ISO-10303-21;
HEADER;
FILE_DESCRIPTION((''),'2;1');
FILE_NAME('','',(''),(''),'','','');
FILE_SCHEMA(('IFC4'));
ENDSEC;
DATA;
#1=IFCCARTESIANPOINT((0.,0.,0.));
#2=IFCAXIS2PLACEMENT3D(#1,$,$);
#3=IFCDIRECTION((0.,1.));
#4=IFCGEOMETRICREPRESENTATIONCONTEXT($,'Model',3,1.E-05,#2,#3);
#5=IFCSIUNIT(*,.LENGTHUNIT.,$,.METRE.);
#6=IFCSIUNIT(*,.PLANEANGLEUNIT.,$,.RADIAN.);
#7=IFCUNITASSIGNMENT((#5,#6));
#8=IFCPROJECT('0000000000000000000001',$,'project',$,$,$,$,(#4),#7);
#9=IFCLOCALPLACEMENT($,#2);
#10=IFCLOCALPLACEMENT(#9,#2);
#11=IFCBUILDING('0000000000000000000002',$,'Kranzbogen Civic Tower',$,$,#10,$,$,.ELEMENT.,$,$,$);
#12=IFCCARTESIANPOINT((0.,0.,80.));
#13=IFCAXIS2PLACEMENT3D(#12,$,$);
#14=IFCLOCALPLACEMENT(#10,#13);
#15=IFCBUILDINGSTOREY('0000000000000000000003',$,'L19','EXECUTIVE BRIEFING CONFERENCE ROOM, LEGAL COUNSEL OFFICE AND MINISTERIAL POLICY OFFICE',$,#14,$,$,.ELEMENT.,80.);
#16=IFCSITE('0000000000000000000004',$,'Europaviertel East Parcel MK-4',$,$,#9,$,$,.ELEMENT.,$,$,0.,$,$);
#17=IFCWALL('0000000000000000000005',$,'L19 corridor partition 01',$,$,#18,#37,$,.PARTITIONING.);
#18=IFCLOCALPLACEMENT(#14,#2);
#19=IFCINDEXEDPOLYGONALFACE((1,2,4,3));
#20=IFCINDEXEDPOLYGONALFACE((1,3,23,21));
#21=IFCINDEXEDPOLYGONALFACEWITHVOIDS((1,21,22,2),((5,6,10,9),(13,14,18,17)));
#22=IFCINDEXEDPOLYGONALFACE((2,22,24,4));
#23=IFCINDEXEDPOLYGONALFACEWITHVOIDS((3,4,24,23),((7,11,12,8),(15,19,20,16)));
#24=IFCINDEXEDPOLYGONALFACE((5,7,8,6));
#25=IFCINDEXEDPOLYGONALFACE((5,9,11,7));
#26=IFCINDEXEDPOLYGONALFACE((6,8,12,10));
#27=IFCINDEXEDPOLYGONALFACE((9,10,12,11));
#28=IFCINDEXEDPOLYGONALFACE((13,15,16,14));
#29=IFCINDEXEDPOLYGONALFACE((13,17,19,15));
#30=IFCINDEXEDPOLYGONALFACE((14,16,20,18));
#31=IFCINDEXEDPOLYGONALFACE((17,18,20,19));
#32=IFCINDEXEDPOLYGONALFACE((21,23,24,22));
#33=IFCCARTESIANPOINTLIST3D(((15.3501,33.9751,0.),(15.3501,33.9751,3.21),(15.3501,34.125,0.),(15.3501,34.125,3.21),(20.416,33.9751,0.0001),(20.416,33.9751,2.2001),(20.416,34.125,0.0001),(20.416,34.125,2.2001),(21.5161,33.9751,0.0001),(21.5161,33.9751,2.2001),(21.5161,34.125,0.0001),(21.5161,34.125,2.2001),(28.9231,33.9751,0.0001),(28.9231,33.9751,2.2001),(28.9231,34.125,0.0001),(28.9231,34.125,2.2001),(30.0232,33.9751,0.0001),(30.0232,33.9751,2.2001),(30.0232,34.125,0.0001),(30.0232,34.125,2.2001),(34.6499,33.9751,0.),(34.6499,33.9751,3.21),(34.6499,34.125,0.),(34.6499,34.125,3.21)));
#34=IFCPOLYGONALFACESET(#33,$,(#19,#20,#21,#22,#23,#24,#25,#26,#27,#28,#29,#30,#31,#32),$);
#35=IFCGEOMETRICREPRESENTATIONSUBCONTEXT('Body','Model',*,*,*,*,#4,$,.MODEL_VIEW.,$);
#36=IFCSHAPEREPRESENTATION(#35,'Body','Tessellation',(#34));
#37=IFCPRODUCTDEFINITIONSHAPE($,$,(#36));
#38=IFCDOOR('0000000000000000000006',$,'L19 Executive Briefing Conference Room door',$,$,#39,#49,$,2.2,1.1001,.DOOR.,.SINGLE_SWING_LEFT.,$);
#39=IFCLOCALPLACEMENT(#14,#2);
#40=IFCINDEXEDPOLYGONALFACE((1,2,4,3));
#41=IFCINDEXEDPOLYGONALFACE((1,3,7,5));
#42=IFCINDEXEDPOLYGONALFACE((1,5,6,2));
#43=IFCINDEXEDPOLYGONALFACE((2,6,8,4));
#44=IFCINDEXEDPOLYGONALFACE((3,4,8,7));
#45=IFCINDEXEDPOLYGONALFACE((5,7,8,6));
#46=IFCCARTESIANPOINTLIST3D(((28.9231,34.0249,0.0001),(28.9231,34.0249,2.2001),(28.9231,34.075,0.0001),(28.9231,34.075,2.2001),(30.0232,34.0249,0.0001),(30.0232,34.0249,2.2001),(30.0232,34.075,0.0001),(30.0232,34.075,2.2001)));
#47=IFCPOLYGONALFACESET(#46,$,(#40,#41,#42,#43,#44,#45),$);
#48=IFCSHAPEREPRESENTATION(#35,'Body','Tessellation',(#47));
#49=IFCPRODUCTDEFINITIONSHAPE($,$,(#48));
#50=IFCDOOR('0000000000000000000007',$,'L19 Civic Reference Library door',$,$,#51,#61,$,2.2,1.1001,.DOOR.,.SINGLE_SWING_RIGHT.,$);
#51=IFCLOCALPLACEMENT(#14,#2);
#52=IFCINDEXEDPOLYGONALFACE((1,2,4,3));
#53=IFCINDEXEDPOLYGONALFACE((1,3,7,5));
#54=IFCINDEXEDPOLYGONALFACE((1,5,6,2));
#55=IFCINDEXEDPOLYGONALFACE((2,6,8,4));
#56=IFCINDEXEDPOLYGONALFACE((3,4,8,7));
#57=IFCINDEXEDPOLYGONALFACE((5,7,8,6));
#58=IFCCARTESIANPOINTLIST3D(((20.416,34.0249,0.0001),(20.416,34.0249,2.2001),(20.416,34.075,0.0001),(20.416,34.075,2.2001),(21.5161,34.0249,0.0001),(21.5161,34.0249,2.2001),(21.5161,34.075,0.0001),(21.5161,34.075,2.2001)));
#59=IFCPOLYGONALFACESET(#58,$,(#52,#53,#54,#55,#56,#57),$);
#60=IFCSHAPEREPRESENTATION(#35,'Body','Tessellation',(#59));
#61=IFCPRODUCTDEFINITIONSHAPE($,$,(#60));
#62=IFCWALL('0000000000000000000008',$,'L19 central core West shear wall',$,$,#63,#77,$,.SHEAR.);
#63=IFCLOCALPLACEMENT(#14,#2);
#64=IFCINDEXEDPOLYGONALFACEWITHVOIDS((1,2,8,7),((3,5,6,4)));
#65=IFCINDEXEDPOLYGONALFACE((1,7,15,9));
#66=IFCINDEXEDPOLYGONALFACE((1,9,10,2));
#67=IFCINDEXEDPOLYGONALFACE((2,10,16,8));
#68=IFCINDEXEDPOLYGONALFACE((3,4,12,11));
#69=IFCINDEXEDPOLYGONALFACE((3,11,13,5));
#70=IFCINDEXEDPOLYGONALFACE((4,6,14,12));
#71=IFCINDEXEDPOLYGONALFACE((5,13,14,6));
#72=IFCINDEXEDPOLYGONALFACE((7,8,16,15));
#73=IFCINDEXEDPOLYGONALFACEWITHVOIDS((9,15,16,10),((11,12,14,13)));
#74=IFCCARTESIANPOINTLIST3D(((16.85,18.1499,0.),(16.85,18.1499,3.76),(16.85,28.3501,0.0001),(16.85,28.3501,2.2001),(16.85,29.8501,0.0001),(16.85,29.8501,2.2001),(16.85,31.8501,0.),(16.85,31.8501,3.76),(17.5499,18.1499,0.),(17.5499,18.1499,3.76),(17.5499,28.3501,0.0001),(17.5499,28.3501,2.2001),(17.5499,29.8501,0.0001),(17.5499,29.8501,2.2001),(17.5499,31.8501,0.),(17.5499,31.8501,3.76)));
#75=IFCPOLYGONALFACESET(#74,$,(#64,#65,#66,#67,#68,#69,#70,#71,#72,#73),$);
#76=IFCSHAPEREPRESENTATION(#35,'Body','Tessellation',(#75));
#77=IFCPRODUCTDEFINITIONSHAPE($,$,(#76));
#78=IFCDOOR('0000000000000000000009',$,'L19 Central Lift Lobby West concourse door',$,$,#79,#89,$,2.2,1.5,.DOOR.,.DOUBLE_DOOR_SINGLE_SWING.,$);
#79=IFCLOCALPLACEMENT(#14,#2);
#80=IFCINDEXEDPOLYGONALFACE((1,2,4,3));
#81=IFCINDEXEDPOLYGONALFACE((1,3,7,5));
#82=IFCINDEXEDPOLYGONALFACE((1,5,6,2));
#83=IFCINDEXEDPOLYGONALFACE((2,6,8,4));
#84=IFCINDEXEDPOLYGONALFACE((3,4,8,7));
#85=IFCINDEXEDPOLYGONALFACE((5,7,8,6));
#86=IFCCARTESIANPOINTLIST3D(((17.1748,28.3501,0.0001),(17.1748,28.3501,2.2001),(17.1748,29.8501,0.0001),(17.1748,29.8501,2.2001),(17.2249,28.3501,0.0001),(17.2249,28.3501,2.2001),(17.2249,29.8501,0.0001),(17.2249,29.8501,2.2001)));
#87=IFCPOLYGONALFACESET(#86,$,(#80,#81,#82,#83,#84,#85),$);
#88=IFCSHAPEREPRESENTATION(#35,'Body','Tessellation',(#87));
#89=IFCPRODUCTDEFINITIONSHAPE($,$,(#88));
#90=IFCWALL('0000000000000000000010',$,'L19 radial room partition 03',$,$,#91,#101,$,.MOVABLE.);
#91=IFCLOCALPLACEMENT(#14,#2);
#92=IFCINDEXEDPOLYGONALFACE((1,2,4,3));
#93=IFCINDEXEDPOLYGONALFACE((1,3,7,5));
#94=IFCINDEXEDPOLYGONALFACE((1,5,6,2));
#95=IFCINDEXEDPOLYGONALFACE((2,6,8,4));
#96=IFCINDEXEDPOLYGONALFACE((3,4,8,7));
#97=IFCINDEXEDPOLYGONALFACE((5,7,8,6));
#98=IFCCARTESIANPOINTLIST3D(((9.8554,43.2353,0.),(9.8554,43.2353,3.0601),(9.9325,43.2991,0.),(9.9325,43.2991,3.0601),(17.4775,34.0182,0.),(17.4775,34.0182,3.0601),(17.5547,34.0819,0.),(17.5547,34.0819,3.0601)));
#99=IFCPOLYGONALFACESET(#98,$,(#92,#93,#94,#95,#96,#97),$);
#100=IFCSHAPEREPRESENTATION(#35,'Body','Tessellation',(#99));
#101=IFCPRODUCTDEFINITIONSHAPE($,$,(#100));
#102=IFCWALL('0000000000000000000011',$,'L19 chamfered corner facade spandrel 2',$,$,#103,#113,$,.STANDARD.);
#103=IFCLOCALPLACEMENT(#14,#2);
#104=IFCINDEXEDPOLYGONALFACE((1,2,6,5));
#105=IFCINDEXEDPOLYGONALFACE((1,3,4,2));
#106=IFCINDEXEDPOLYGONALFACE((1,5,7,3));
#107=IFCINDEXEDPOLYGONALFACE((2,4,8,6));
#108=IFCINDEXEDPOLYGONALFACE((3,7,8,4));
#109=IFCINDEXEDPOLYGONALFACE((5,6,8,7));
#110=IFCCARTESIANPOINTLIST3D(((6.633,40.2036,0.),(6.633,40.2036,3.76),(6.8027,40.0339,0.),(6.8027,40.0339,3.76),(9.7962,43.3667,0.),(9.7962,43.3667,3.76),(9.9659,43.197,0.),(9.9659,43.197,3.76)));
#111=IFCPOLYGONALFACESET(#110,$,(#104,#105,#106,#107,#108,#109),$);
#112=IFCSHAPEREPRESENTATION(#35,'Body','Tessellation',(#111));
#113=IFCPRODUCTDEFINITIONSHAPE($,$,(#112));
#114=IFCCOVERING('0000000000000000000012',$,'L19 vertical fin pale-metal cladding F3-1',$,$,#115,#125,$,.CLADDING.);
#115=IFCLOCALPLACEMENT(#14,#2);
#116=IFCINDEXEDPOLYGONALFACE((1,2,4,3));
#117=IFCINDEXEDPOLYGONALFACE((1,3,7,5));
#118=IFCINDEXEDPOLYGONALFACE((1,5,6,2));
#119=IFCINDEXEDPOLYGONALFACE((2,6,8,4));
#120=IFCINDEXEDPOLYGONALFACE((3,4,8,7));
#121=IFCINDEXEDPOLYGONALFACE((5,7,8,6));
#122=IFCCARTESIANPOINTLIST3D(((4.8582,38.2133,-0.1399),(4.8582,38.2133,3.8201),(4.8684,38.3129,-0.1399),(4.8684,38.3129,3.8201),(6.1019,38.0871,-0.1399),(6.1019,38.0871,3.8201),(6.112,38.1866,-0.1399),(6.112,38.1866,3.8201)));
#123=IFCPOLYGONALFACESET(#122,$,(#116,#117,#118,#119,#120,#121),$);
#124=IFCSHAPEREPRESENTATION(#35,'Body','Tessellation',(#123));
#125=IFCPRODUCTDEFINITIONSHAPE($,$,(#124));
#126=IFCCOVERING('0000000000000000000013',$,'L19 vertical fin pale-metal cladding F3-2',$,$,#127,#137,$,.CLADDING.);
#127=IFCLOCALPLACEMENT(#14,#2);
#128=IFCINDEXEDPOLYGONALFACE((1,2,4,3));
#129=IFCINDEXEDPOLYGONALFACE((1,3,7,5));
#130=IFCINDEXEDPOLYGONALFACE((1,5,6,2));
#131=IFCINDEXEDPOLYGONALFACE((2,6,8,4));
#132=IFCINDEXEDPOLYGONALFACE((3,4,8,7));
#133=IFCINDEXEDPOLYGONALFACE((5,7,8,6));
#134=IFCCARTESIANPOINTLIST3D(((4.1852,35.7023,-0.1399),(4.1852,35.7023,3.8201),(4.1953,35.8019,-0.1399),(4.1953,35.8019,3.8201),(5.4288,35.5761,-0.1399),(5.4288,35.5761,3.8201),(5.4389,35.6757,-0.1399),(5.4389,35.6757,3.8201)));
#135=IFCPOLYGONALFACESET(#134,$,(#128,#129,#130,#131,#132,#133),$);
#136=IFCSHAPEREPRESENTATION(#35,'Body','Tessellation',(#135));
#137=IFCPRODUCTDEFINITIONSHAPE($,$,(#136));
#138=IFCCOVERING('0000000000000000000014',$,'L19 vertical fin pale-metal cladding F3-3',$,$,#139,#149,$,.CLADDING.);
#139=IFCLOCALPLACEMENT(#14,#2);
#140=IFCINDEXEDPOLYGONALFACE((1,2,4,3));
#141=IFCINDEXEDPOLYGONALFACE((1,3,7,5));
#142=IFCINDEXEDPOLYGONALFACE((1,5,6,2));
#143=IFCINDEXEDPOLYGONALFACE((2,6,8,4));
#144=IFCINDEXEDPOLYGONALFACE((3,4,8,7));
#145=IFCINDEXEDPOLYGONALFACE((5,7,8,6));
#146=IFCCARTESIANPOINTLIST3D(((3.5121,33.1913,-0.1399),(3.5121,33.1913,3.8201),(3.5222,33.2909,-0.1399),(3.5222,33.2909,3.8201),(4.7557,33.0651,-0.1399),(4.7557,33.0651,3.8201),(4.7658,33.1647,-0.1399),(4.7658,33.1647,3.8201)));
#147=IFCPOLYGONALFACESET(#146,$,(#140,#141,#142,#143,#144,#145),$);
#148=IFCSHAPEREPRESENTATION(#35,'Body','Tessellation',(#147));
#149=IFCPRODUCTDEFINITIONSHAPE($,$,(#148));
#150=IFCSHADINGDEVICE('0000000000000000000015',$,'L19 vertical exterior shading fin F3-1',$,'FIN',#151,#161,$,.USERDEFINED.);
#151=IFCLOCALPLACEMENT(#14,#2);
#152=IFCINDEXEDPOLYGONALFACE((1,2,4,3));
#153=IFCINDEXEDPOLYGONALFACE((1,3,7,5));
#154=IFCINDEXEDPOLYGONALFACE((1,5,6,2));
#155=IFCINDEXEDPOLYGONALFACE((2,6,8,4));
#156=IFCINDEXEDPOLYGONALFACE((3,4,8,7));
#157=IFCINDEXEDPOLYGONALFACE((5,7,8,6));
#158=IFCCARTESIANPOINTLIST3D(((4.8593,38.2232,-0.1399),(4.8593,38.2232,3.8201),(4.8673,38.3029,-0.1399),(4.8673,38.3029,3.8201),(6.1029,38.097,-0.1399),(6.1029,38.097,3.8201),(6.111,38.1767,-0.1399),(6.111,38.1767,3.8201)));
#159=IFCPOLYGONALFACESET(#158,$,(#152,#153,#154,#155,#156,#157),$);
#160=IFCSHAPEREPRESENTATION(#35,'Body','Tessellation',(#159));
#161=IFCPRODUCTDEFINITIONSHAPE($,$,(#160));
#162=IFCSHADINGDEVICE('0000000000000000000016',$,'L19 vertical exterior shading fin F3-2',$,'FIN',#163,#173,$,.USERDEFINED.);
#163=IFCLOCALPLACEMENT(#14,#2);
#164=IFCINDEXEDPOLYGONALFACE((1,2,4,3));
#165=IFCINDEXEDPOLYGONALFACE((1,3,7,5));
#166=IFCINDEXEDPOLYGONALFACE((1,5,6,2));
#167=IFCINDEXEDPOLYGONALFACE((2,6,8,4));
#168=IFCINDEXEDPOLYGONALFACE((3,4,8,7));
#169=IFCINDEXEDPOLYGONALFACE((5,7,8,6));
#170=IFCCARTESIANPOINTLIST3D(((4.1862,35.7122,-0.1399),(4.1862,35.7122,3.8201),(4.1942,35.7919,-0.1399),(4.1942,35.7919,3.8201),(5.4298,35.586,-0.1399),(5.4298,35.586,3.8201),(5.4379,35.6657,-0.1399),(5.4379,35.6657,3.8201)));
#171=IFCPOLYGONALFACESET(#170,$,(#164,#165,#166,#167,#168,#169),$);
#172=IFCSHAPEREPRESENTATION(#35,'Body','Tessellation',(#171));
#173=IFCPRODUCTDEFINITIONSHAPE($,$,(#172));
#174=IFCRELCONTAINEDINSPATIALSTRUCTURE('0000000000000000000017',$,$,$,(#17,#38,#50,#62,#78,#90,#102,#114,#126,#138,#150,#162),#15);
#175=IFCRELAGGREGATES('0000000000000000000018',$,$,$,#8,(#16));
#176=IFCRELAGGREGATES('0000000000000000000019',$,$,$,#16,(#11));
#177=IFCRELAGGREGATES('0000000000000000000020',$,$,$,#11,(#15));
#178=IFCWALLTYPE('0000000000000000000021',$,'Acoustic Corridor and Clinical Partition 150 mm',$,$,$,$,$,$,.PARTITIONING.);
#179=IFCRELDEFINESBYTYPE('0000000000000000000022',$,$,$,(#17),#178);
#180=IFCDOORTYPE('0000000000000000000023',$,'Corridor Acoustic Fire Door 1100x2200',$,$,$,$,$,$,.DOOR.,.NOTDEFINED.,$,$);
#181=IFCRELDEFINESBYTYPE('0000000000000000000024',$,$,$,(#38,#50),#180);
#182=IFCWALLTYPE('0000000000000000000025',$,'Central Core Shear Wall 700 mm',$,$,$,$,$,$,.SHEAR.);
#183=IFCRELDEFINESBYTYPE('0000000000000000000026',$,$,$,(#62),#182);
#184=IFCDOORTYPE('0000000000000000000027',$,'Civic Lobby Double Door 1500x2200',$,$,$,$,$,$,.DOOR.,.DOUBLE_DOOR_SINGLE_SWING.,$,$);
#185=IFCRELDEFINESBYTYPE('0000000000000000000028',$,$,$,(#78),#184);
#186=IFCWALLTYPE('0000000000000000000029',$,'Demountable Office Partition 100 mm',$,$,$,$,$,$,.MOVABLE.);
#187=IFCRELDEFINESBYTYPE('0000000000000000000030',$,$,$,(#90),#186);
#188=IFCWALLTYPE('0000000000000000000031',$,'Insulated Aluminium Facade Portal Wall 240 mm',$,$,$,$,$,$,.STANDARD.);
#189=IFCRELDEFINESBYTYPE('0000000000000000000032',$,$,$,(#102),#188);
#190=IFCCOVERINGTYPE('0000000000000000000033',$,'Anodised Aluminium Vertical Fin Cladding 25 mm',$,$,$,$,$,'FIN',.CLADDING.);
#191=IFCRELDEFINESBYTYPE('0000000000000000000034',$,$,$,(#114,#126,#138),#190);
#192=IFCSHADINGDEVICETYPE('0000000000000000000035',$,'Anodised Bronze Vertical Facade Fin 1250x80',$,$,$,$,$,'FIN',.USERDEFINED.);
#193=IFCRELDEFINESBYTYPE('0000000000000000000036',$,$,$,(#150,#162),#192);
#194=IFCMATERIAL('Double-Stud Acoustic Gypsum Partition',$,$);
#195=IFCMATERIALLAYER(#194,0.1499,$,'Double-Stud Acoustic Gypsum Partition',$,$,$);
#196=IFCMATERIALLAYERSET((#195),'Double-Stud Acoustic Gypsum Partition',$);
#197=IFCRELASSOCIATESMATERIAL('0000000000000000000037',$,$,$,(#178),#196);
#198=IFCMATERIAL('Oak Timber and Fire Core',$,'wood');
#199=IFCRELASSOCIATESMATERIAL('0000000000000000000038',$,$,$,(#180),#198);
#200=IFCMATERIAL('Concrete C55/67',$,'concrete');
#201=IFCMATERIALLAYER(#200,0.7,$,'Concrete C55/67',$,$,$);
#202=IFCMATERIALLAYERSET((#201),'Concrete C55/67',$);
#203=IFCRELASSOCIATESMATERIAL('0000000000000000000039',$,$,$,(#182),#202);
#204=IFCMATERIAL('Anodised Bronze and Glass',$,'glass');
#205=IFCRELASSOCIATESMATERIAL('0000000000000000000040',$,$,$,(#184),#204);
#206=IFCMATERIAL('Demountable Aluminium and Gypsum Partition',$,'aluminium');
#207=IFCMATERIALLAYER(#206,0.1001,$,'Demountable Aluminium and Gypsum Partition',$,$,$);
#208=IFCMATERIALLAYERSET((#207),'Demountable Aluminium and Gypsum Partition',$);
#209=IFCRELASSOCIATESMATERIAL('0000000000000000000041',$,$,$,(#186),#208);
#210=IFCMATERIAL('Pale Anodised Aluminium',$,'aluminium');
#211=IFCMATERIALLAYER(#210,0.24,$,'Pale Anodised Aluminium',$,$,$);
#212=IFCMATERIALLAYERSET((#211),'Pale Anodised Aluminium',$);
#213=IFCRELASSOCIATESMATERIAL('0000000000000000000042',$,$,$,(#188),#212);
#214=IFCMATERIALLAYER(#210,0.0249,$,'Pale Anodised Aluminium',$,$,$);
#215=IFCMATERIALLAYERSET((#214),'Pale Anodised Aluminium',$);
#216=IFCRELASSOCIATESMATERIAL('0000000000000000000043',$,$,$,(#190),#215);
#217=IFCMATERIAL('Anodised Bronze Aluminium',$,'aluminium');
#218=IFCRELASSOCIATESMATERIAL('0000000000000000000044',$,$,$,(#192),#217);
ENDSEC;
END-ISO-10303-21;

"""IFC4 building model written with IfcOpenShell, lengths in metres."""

from ifc_helpers import new_model, si_unit, direction, frame, frame_2d, origin, origin_2d, place, context, subcontext, project, spatial, rectangle, extrude, material, layer, layer_set, type_object, element, fill, save


model = new_model("IFC4")

# Units and contexts
model_context = context("Model", 3, precision=1e-05, world=origin(), true_north=direction((0.0, 1.0)))
body_context = subcontext(model_context, "Body", "Model", "MODEL_VIEW")
ifc_project = project(units=[si_unit("LENGTHUNIT", "METRE"), si_unit("PLANEANGLEUNIT", "RADIAN")], contexts=[model_context])

# Site, building, storey
site_placement = place(None, origin())
site = spatial("IfcSite", under=ifc_project, at=site_placement, Name="Europaviertel East Parcel MK-4", CompositionType="ELEMENT", RefElevation=0.0)
building_placement = place(site_placement, origin())
building = spatial("IfcBuilding", under=site, at=building_placement, Name="Kranzbogen Civic Tower", CompositionType="ELEMENT")
storey_placement = place(building_placement, frame((0.0, 0.0, 80.0)))
storey = spatial("IfcBuildingStorey", under=building, at=storey_placement, Name="L19", Description="EXECUTIVE BRIEFING CONFERENCE ROOM, LEGAL COUNSEL OFFICE AND MINISTERIAL POLICY OFFICE", CompositionType="ELEMENT", Elevation=80.0)

# Shared definitions
ifc_material_1 = material(Name="Pale Anodised Aluminium", Category="aluminium")

# Wall, openings, doors
ifc_material_2 = material(Name="Double-Stud Acoustic Gypsum Partition")
ifc_layer_1 = layer(ifc_material_2, 0.1499, Name="Double-Stud Acoustic Gypsum Partition")
ifc_layer_set_1 = layer_set([ifc_layer_1], Name="Double-Stud Acoustic Gypsum Partition")
wall_type_1 = type_object("IfcWallType", Name="Acoustic Corridor and Clinical Partition 150 mm", PredefinedType="PARTITIONING", material=ifc_layer_set_1)
wall_1_placement = place(storey_placement, frame((15.3501, 34.05, 0.0), z_axis=(0.0, 0.0, 1.0), x_axis=(1.0, 0.0, 0.0)))
wall_1 = element("IfcWall", 1, at=wall_1_placement, inside=storey, type_object=wall_type_1, Name="L19 corridor partition 01", PredefinedType="PARTITIONING", context=body_context, shape_type="SweptSolid", body=[
    extrude(rectangle(XDim=19.2998, YDim=0.1499, at=frame_2d((9.6499, 0.0))), origin(), (0.0, 0.0, 1.0), 3.21),
])
opening_1_placement = place(wall_1_placement, frame((13.573, 0.0, 0.0)))
opening_1 = element("IfcOpeningElement", 2, at=opening_1_placement, cuts=wall_1, PredefinedType="OPENING", context=body_context, shape_type="SweptSolid", body=[
    extrude(rectangle(XDim=1.1001, YDim=2.2, at=frame_2d((0.55, 1.1001))), frame((0.0, 0.085, 0.0), z_axis=(0.0, -1.0, 0.0), x_axis=(1.0, 0.0, 0.0)), (0.0, 0.0, 1.0), 0.1699),
])
opening_2_placement = place(wall_1_placement, frame((5.0659, 0.0, 0.0)))
opening_2 = element("IfcOpeningElement", 3, at=opening_2_placement, cuts=wall_1, PredefinedType="OPENING", context=body_context, shape_type="SweptSolid", body=[
    extrude(rectangle(XDim=1.1001, YDim=2.2, at=frame_2d((0.55, 1.1001))), frame((0.0, 0.085, 0.0), z_axis=(0.0, -1.0, 0.0), x_axis=(1.0, 0.0, 0.0)), (0.0, 0.0, 1.0), 0.1699),
])
ifc_material_3 = material(Name="Oak Timber and Fire Core", Category="wood")
door_type_1 = type_object("IfcDoorType", Name="Corridor Acoustic Fire Door 1100x2200", OperationType="NOTDEFINED", PredefinedType="DOOR", material=ifc_material_3)
door_1_placement = place(opening_1_placement, origin())
door_1 = element("IfcDoor", 4, at=door_1_placement, inside=storey, type_object=door_type_1, Name="L19 Executive Briefing Conference Room door", OperationType="SINGLE_SWING_LEFT", OverallHeight=2.2, OverallWidth=1.1001, PredefinedType="DOOR", context=body_context, shape_type="SweptSolid", body=[
    extrude(rectangle(XDim=1.1001, YDim=2.2, at=frame_2d((0.55, 1.1001))), frame((0.0, 0.0249, 0.0), z_axis=(0.0, -1.0, 0.0), x_axis=(1.0, 0.0, 0.0)), (0.0, 0.0, 1.0), 0.05),
])
fill(opening_1, door_1)
door_2_placement = place(opening_2_placement, origin())
door_2 = element("IfcDoor", 5, at=door_2_placement, inside=storey, type_object=door_type_1, Name="L19 Civic Reference Library door", OperationType="SINGLE_SWING_RIGHT", OverallHeight=2.2, OverallWidth=1.1001, PredefinedType="DOOR", context=body_context, shape_type="SweptSolid", body=[
    extrude(rectangle(XDim=1.1001, YDim=2.2, at=frame_2d((0.55, 1.1001))), frame((0.0, 0.0249, 0.0), z_axis=(0.0, -1.0, 0.0), x_axis=(1.0, 0.0, 0.0)), (0.0, 0.0, 1.0), 0.05),
])
fill(opening_2, door_2)

# Wall, opening, door
ifc_material_4 = material(Name="Concrete C55/67", Category="concrete")
ifc_layer_2 = layer(ifc_material_4, 0.7, Name="Concrete C55/67")
ifc_layer_set_2 = layer_set([ifc_layer_2], Name="Concrete C55/67")
wall_type_2 = type_object("IfcWallType", Name="Central Core Shear Wall 700 mm", PredefinedType="SHEAR", material=ifc_layer_set_2)
wall_2_placement = place(storey_placement, frame((17.2, 31.8501, 0.0), z_axis=(0.0, 0.0, 1.0), x_axis=(0.0, -1.0, 0.0)))
wall_2 = element("IfcWall", 6, at=wall_2_placement, inside=storey, type_object=wall_type_2, Name="L19 central core West shear wall", PredefinedType="SHEAR", context=body_context, shape_type="SweptSolid", body=[
    extrude(rectangle(XDim=13.7002, YDim=0.7, at=frame_2d((6.8501, 0.0))), origin(), (0.0, 0.0, 1.0), 3.76),
])
opening_3_placement = place(wall_2_placement, frame((2.0, 0.0, 0.0)))
opening_3 = element("IfcOpeningElement", 7, at=opening_3_placement, cuts=wall_2, PredefinedType="OPENING", context=body_context, shape_type="SweptSolid", body=[
    extrude(rectangle(XDim=1.5, YDim=2.2, at=frame_2d((0.75, 1.1001))), frame((0.0, 0.3599, 0.0), z_axis=(0.0, -1.0, 0.0), x_axis=(1.0, 0.0, 0.0)), (0.0, 0.0, 1.0), 0.72),
])
ifc_material_5 = material(Name="Anodised Bronze and Glass", Category="glass")
door_type_2 = type_object("IfcDoorType", Name="Civic Lobby Double Door 1500x2200", OperationType="DOUBLE_DOOR_SINGLE_SWING", PredefinedType="DOOR", material=ifc_material_5)
door_3_placement = place(opening_3_placement, origin())
door_3 = element("IfcDoor", 8, at=door_3_placement, inside=storey, type_object=door_type_2, Name="L19 Central Lift Lobby West concourse door", OperationType="DOUBLE_DOOR_SINGLE_SWING", OverallHeight=2.2, OverallWidth=1.5, PredefinedType="DOOR", context=body_context, shape_type="SweptSolid", body=[
    extrude(rectangle(XDim=1.5, YDim=2.2, at=frame_2d((0.75, 1.1001))), frame((0.0, 0.0249, 0.0), z_axis=(0.0, -1.0, 0.0), x_axis=(1.0, 0.0, 0.0)), (0.0, 0.0, 1.0), 0.05),
])
fill(opening_3, door_3)

# Walls
ifc_material_6 = material(Name="Demountable Aluminium and Gypsum Partition", Category="aluminium")
ifc_layer_3 = layer(ifc_material_6, 0.1001, Name="Demountable Aluminium and Gypsum Partition")
ifc_layer_set_3 = layer_set([ifc_layer_3], Name="Demountable Aluminium and Gypsum Partition")
wall_type_3 = type_object("IfcWallType", Name="Demountable Office Partition 100 mm", PredefinedType="MOVABLE", material=ifc_layer_set_3)
wall_3_placement = place(storey_placement, frame((17.5161, 34.05, 0.0), z_axis=(0.0, 0.0, 1.0), x_axis=(-0.637279, 0.770634, 0.0)))
element("IfcWall", 9, at=wall_3_placement, inside=storey, type_object=wall_type_3, Name="L19 radial room partition 03", PredefinedType="MOVABLE", context=body_context, shape_type="SweptSolid", body=[
    extrude(rectangle(XDim=11.9604, YDim=0.1001, at=frame_2d((5.9802, 0.0))), origin(), (0.0, 0.0, 1.0), 3.0601),
])
ifc_layer_4 = layer(ifc_material_1, 0.24, Name="Pale Anodised Aluminium")
ifc_layer_set_4 = layer_set([ifc_layer_4], Name="Pale Anodised Aluminium")
wall_type_4 = type_object("IfcWallType", Name="Insulated Aluminium Facade Portal Wall 240 mm", PredefinedType="STANDARD", material=ifc_layer_set_4)
wall_4_placement = place(storey_placement, frame((9.8811, 43.282, 0.0), z_axis=(0.0, 0.0, 1.0), x_axis=(-0.707107, -0.707107, 0.0)))
element("IfcWall", 10, at=wall_4_placement, inside=storey, type_object=wall_type_4, Name="L19 chamfered corner facade spandrel 2", PredefinedType="STANDARD", context=body_context, shape_type="SweptSolid", body=[
    extrude(rectangle(XDim=4.4734, YDim=0.24, at=frame_2d((2.2368, 0.0))), origin(), (0.0, 0.0, 1.0), 3.76),
])

# Coverings
ifc_layer_5 = layer(ifc_material_1, 0.0249, Name="Pale Anodised Aluminium")
ifc_layer_set_5 = layer_set([ifc_layer_5], Name="Pale Anodised Aluminium")
covering_type = type_object("IfcCoveringType", Name="Anodised Aluminium Vertical Fin Cladding 25 mm", ElementType="FIN", PredefinedType="CLADDING", material=ifc_layer_set_5)
for number, where, z_axis, x_axis, name in (
    (11, (5.4851, 38.2, -0.1399), (0.0, 0.0, 1.0), (-0.99489, 0.100969, 0.0), "L19 vertical fin pale-metal cladding F3-1"),
    (12, (4.812, 35.689, -0.1399), (0.0, 0.0, 1.0), (-0.99489, 0.100969, 0.0), "L19 vertical fin pale-metal cladding F3-2"),
    (13, (4.1389, 33.178, -0.1399), (0.0, 0.0, 1.0), (-0.99489, 0.100969, 0.0), "L19 vertical fin pale-metal cladding F3-3"),
):
    element("IfcCovering", number, at=place(storey_placement, frame(where, z_axis=z_axis, x_axis=x_axis)), inside=storey, type_object=covering_type, Name=name, PredefinedType="CLADDING", context=body_context, shape_type="SweptSolid", body=[
        extrude(rectangle(XDim=1.25, YDim=0.1001, at=origin_2d()), origin(), (0.0, 0.0, 1.0), 3.96),
    ])

# Shading devices
ifc_material_7 = material(Name="Anodised Bronze Aluminium", Category="aluminium")
shading_device_type = type_object("IfcShadingDeviceType", Name="Anodised Bronze Vertical Facade Fin 1250x80", ElementType="FIN", PredefinedType="USERDEFINED", material=ifc_material_7)
for number, where, z_axis, x_axis, name in (
    (14, (5.4851, 38.2, -0.1399), (0.0, 0.0, 1.0), (-0.99489, 0.100969, 0.0), "L19 vertical exterior shading fin F3-1"),
    (15, (4.812, 35.689, -0.1399), (0.0, 0.0, 1.0), (-0.99489, 0.100969, 0.0), "L19 vertical exterior shading fin F3-2"),
):
    element("IfcShadingDevice", number, at=place(storey_placement, frame(where, z_axis=z_axis, x_axis=x_axis)), inside=storey, type_object=shading_device_type, Name=name, ObjectType="FIN", PredefinedType="USERDEFINED", context=body_context, shape_type="SweptSolid", body=[
        extrude(rectangle(XDim=1.25, YDim=0.0801, at=origin_2d()), origin(), (0.0, 0.0, 1.0), 3.96),
    ])

save(model, "model.ifc")
